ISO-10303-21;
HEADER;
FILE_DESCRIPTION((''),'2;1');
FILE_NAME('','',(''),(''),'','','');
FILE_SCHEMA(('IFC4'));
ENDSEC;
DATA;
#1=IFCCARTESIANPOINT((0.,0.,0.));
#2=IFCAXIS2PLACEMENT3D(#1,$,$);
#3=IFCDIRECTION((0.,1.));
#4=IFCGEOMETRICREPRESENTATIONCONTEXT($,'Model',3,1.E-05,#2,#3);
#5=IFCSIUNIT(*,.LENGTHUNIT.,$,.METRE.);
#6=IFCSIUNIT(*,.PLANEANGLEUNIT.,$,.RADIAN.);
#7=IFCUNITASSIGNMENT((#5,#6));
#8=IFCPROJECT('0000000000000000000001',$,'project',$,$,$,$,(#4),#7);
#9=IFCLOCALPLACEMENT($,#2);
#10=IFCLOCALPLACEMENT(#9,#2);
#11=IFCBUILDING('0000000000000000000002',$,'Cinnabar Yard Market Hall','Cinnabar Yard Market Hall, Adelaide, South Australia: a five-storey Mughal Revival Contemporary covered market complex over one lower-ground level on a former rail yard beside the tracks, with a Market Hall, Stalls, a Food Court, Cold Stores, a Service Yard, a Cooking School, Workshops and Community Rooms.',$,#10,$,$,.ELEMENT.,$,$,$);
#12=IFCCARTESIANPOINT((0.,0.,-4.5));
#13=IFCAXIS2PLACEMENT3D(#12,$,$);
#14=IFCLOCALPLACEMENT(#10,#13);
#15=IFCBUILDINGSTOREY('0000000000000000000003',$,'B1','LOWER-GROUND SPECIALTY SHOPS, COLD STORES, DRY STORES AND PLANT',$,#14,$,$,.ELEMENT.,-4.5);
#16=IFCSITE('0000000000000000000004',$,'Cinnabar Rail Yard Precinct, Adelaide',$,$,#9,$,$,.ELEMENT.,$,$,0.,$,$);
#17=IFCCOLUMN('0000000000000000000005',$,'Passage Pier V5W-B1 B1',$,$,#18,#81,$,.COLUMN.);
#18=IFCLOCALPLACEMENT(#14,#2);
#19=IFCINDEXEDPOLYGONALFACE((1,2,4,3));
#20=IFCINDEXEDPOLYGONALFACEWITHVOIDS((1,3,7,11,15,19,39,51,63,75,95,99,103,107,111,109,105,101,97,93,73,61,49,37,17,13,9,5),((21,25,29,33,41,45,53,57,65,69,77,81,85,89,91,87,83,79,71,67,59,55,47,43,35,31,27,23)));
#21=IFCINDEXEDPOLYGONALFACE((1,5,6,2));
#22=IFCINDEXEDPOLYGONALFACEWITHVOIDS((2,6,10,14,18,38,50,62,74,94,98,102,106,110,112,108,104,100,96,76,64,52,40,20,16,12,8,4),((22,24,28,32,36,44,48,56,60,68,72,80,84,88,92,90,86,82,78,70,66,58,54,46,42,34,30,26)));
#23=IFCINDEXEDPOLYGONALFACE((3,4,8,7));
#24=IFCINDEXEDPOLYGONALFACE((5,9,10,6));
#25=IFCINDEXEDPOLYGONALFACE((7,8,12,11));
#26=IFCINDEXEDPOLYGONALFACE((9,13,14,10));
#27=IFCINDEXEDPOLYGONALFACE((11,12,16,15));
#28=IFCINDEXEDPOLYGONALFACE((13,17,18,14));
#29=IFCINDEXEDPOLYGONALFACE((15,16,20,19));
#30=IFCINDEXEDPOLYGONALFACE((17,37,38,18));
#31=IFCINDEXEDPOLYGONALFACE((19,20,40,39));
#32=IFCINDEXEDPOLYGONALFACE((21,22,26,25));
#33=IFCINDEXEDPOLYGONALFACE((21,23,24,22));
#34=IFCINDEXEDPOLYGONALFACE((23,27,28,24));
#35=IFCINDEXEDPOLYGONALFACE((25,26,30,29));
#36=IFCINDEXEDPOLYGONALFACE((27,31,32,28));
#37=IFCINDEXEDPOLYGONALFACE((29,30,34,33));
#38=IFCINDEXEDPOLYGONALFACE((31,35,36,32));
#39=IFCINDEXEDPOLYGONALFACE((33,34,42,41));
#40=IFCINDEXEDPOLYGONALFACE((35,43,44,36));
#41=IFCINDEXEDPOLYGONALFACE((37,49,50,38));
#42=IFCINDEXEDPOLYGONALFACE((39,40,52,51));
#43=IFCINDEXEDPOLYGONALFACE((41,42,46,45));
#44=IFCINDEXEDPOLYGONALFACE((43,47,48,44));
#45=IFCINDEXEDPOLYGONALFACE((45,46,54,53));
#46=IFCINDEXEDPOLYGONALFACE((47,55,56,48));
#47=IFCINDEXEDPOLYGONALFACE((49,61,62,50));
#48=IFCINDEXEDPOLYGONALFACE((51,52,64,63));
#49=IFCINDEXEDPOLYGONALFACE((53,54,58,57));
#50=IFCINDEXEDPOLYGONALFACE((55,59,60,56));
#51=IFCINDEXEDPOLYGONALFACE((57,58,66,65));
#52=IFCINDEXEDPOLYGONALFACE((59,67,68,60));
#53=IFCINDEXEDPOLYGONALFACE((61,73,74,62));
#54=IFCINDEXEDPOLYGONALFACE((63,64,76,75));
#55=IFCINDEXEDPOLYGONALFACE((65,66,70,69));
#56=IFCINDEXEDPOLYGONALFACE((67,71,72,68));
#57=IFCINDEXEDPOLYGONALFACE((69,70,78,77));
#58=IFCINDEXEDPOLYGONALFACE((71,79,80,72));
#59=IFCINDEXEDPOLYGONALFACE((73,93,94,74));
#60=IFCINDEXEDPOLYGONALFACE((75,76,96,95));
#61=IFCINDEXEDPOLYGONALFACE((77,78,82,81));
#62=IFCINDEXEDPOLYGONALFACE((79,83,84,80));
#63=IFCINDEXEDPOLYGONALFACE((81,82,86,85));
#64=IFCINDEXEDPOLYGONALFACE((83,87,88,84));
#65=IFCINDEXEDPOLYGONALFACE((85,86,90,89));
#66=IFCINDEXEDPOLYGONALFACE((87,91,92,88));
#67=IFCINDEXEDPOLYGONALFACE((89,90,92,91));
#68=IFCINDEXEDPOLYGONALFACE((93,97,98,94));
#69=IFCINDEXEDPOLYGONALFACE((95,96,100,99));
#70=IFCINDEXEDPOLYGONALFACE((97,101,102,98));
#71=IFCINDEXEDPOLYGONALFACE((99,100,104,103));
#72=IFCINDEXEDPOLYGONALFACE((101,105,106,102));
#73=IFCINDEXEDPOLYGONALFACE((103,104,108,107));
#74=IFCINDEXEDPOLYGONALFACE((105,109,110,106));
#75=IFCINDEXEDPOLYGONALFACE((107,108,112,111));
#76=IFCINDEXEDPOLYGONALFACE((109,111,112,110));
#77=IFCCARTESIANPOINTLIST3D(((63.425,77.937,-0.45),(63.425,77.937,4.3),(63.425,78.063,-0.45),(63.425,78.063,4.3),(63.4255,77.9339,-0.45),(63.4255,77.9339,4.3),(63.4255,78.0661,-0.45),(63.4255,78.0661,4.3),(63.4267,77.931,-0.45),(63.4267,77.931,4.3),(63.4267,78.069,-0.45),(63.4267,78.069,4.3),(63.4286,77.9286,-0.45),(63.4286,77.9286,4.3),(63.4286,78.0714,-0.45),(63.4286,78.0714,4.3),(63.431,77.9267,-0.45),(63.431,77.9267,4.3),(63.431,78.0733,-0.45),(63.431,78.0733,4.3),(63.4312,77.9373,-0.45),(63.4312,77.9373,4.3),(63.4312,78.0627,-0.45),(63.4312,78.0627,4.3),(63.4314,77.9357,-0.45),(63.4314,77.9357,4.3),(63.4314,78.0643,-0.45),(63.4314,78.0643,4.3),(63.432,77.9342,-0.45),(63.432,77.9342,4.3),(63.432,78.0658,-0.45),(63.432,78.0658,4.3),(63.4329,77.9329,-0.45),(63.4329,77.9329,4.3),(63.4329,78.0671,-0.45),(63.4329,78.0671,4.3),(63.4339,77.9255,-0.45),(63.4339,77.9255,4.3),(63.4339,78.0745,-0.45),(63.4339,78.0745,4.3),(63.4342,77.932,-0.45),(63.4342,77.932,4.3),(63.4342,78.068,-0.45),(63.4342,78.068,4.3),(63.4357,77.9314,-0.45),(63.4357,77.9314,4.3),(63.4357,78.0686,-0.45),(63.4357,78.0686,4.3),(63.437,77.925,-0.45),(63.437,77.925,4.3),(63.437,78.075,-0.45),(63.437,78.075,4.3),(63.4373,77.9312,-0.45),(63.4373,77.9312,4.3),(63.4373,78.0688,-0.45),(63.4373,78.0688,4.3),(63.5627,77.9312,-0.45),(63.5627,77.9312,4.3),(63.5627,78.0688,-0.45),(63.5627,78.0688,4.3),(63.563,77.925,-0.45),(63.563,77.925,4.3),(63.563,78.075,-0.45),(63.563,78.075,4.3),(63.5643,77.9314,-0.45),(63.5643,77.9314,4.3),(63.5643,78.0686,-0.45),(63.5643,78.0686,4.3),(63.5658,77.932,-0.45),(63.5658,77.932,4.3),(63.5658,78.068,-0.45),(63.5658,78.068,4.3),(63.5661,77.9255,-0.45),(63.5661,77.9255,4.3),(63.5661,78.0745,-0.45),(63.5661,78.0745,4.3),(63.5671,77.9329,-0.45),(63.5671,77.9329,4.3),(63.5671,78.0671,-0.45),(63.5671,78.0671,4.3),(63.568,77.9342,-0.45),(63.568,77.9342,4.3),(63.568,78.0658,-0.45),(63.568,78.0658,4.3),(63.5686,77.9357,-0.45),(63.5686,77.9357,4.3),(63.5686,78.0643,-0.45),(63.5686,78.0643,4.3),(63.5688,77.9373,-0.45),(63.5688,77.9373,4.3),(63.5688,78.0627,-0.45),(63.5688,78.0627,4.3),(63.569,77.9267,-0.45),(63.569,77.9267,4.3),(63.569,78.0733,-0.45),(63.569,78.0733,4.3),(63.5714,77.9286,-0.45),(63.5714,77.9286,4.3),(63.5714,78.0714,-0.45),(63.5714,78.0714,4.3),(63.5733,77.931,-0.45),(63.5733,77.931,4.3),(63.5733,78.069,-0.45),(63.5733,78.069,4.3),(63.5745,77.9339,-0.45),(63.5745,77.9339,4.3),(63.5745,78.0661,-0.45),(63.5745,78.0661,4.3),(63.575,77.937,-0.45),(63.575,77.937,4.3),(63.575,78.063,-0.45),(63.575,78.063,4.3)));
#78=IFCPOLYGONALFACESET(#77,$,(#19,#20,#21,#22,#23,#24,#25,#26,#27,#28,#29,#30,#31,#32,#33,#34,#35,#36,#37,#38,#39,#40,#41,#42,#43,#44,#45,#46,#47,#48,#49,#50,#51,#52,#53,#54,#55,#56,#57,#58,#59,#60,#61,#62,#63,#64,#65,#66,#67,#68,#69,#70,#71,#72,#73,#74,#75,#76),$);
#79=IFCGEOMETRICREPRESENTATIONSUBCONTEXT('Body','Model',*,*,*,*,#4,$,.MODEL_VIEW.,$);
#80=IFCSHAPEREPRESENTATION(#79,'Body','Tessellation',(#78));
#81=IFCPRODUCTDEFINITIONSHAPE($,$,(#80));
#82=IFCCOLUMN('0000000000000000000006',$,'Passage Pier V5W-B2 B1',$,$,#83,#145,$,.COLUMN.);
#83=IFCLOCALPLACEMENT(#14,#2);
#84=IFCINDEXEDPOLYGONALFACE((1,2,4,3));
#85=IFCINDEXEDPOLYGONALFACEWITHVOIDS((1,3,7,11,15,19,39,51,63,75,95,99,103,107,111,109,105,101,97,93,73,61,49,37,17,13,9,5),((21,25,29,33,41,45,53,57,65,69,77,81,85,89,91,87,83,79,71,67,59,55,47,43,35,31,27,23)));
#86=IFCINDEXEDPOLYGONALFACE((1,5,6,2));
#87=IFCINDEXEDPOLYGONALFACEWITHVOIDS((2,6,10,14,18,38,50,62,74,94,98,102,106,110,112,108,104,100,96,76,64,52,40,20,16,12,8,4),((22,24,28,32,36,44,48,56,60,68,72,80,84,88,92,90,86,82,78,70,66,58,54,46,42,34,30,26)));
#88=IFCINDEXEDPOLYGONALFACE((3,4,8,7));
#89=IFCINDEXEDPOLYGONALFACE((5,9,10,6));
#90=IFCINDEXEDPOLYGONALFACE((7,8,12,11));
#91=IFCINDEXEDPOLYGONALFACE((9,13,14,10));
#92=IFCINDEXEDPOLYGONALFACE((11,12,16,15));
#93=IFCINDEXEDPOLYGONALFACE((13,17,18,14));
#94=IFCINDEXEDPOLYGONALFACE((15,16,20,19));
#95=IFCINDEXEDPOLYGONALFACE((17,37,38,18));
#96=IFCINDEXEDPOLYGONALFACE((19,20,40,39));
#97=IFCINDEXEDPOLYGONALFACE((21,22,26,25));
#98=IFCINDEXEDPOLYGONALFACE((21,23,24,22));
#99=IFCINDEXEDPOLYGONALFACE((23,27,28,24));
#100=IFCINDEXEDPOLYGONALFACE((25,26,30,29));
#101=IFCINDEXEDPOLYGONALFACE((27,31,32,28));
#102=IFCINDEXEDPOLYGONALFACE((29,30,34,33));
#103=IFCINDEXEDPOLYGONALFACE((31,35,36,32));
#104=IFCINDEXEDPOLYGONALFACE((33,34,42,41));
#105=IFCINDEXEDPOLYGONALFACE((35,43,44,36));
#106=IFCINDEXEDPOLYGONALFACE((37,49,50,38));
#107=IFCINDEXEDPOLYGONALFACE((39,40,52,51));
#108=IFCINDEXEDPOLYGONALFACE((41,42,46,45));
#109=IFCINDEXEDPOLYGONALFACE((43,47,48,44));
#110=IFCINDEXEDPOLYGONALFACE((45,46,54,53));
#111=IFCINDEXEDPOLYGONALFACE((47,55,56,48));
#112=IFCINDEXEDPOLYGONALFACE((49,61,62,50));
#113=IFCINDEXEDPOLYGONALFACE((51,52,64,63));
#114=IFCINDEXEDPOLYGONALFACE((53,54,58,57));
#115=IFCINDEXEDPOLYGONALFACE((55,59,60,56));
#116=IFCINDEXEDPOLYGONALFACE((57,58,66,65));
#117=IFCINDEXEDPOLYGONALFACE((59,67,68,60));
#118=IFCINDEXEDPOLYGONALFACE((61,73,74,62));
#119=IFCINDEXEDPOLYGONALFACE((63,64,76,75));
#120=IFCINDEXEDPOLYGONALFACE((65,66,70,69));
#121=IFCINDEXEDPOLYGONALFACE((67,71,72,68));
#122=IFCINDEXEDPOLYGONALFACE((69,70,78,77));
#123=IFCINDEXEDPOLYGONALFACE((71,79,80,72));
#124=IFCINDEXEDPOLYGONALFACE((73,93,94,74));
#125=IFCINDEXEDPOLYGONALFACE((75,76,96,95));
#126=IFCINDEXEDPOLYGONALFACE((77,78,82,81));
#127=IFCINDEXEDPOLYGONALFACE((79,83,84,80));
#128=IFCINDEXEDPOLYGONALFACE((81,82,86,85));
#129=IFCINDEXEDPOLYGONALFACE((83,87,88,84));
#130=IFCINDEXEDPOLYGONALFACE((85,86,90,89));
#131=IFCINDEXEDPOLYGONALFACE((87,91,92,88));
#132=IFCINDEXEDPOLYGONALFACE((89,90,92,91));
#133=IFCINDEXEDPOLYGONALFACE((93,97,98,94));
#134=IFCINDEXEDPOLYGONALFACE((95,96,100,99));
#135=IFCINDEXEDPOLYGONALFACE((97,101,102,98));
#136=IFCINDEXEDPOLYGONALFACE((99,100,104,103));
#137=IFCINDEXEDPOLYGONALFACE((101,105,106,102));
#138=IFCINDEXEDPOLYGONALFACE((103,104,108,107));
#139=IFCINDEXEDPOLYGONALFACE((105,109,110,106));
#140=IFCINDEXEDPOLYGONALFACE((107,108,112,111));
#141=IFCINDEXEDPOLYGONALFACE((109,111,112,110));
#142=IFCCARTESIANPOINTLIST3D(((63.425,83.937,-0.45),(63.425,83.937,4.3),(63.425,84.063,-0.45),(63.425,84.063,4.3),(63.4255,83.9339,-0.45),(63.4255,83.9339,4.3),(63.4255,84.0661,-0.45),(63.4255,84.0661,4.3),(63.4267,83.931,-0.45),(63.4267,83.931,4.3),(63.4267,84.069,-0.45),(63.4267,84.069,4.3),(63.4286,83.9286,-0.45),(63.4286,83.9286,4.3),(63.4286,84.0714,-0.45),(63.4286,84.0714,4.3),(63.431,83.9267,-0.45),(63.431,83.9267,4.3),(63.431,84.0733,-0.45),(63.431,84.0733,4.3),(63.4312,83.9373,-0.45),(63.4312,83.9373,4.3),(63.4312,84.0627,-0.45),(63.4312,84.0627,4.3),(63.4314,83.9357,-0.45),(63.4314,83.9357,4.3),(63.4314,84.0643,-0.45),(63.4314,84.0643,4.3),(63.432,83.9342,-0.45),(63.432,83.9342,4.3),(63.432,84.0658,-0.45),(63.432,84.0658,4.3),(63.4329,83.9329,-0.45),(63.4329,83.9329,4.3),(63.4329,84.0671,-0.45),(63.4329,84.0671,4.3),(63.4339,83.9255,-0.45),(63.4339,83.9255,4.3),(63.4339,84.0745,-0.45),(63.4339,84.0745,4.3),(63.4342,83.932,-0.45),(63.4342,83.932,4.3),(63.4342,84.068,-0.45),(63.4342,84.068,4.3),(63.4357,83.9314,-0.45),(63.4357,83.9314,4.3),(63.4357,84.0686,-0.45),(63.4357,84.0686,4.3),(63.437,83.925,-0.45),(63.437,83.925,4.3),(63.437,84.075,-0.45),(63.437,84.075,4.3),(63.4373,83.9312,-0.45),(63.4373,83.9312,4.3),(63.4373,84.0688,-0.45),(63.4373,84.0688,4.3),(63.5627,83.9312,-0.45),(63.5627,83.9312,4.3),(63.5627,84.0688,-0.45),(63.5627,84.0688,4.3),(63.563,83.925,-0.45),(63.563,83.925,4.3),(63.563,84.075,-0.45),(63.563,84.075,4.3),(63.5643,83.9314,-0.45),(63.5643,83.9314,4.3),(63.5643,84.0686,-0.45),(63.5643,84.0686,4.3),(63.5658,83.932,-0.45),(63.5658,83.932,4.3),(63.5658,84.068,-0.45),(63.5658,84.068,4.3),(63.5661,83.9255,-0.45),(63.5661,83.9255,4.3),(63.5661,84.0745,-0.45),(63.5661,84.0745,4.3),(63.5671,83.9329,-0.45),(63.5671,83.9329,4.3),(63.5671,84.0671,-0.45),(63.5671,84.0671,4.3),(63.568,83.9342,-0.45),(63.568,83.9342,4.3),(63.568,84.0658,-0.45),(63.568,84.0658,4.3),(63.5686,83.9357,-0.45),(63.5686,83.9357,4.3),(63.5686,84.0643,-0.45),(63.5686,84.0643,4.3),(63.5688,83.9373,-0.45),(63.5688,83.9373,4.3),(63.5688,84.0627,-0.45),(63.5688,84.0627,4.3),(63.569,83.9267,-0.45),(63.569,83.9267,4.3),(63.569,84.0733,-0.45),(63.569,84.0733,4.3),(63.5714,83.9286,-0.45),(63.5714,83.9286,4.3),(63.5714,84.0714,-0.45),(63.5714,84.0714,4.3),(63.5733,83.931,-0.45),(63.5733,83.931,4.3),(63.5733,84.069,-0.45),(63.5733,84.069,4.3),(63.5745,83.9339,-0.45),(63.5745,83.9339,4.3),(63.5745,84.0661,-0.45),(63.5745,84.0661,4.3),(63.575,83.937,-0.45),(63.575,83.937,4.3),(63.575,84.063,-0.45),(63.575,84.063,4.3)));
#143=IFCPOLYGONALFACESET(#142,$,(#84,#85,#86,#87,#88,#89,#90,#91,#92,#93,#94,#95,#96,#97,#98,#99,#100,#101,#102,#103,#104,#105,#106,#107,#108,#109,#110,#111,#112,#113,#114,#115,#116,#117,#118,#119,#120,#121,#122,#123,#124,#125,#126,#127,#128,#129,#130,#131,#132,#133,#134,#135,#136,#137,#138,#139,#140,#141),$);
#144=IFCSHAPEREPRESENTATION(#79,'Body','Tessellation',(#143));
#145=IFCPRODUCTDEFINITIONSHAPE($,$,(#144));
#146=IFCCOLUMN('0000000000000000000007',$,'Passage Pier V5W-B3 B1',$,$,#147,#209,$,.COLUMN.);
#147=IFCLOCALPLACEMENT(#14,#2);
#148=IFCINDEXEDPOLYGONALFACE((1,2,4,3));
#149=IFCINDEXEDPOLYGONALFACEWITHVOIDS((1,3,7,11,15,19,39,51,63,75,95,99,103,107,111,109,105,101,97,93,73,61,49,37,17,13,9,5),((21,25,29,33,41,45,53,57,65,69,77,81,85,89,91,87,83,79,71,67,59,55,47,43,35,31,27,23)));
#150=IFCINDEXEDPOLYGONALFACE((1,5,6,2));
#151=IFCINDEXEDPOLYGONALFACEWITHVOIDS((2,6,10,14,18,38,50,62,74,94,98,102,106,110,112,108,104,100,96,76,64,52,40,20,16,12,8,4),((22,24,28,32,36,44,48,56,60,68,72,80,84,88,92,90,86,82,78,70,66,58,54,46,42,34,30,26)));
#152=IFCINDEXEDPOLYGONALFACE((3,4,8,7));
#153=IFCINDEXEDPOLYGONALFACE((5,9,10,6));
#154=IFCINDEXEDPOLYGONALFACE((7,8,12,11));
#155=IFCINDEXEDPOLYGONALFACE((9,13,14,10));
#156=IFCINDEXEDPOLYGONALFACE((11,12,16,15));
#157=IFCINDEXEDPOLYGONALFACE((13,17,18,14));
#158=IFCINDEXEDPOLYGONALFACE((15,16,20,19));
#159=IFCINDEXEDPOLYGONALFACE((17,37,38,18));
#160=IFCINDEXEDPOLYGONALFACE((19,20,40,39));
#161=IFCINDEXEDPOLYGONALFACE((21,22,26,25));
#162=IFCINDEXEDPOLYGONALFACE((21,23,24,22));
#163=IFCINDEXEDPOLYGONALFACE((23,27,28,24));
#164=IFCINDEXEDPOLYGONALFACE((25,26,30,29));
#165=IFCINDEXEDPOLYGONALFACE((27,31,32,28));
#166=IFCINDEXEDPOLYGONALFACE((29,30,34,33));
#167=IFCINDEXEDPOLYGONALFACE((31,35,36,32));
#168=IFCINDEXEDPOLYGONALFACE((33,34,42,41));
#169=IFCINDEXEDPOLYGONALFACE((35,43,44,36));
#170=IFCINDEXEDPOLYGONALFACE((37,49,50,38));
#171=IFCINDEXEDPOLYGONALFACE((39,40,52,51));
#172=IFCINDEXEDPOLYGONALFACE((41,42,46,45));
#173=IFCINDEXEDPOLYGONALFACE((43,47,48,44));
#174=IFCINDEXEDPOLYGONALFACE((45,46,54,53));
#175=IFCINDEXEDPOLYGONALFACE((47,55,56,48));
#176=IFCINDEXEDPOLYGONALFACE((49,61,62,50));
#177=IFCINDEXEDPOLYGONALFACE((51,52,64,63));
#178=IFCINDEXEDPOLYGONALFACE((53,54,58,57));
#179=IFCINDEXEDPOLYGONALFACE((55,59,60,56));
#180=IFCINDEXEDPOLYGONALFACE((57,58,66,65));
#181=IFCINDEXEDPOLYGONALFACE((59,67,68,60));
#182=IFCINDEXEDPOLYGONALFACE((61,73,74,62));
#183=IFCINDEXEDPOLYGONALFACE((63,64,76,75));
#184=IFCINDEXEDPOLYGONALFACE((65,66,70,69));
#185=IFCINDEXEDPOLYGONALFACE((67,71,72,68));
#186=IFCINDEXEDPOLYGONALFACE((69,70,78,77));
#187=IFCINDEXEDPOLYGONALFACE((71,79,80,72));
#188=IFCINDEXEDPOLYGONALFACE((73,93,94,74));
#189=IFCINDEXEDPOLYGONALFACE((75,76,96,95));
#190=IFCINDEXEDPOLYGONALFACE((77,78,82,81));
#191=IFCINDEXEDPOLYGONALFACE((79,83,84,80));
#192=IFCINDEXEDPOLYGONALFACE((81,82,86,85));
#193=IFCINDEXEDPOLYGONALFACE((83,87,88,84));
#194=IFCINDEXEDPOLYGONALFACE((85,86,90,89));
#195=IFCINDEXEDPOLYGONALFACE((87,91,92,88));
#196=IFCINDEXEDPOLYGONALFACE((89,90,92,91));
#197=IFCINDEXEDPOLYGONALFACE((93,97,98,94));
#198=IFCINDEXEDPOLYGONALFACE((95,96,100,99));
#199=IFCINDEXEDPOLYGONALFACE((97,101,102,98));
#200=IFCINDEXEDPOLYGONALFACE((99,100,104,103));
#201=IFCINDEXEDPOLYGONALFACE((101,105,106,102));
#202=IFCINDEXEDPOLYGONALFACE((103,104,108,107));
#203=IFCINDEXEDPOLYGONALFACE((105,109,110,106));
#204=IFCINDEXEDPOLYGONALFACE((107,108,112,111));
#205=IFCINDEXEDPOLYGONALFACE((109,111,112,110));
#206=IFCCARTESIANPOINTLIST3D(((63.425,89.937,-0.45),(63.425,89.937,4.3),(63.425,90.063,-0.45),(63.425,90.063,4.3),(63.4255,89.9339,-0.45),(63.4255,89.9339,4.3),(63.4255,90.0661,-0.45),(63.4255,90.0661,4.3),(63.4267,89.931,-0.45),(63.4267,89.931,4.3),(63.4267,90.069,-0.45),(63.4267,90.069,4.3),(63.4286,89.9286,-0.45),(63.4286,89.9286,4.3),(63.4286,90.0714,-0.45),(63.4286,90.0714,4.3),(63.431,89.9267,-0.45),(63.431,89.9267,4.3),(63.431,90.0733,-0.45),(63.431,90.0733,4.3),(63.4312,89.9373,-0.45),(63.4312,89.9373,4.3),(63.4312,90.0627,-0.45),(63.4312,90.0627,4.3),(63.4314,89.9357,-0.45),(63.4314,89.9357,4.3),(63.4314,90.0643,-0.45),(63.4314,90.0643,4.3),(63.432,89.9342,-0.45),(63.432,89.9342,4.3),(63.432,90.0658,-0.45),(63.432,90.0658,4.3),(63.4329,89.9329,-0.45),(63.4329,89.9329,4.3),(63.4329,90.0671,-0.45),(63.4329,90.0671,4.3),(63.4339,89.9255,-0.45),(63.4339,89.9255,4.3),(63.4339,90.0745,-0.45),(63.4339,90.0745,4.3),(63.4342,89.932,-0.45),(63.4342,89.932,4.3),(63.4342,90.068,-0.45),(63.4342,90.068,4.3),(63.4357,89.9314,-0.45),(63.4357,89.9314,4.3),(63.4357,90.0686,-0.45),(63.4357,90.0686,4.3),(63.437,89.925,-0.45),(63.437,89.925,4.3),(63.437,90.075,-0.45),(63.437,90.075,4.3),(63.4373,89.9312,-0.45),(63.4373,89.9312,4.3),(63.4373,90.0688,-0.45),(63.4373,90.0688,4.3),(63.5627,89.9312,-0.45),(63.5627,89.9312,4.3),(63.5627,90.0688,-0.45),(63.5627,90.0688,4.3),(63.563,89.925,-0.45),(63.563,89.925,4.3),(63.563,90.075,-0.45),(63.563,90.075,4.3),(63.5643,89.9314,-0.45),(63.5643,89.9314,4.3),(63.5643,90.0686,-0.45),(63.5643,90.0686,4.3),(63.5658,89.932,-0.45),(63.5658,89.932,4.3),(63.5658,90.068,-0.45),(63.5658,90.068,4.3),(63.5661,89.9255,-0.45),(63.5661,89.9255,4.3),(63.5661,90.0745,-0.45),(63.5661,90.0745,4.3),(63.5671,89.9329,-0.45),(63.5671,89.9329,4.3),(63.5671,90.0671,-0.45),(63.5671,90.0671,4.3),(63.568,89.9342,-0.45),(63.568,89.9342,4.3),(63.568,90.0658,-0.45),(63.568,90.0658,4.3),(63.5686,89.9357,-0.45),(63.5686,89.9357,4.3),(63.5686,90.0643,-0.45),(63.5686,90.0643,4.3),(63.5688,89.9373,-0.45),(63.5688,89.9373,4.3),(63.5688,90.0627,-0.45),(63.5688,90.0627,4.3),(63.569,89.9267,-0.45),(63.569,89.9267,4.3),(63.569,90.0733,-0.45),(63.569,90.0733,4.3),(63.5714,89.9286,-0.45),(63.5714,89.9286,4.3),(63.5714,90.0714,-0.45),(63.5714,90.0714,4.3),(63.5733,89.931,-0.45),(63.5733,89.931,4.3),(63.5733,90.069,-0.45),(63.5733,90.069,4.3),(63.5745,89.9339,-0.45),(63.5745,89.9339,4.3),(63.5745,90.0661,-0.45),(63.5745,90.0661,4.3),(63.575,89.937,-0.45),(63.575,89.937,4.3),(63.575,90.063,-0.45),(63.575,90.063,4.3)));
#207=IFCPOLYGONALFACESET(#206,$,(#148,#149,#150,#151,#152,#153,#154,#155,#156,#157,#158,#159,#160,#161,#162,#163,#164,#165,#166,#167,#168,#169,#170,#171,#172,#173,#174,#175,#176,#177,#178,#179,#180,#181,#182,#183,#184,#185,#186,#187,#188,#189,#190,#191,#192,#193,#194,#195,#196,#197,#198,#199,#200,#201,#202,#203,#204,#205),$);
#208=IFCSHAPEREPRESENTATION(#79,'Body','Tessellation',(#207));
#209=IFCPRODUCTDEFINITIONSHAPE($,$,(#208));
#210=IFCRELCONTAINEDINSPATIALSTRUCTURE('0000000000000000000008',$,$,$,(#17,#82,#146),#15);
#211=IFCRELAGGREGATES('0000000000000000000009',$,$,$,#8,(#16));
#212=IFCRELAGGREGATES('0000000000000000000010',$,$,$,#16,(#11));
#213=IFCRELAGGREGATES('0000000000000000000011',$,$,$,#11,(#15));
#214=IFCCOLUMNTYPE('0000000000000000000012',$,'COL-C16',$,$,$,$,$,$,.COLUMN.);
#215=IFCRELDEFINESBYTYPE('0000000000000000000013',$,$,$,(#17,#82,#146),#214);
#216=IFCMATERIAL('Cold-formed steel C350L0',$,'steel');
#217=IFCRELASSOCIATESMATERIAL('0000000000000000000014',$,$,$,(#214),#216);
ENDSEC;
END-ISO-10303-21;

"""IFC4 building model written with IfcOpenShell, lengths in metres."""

from ifc_helpers import new_model, si_unit, direction, frame, origin, origin_2d_with_axis, place, context, subcontext, project, spatial, hollow_rectangle, extrude, material, material_profile, profile_set, type_object, element, save


model = new_model("IFC4")

# Units and contexts
model_context = context("Model", 3, precision=1e-05, world=origin(), true_north=direction((0.0, 1.0)))
body_context = subcontext(model_context, "Body", "Model", "MODEL_VIEW")
ifc_project = project(units=[si_unit("LENGTHUNIT", "METRE"), si_unit("PLANEANGLEUNIT", "RADIAN")], contexts=[model_context])

# Site, building, storey
site_placement = place(None, origin())
site = spatial("IfcSite", under=ifc_project, at=site_placement, Name="Cinnabar Rail Yard Precinct, Adelaide", CompositionType="ELEMENT", RefElevation=0.0)
building_placement = place(site_placement, origin())
building = spatial("IfcBuilding", under=site, at=building_placement, Name="Cinnabar Yard Market Hall", Description="Cinnabar Yard Market Hall, Adelaide, South Australia: a five-storey Mughal Revival Contemporary covered market complex over one lower-ground level on a former rail yard beside the tracks, with a Market Hall, Stalls, a Food Court, Cold Stores, a Service Yard, a Cooking School, Workshops and Community Rooms.", CompositionType="ELEMENT")
storey_placement = place(building_placement, frame((0.0, 0.0, -4.5)))
storey = spatial("IfcBuildingStorey", under=building, at=storey_placement, Name="B1", Description="LOWER-GROUND SPECIALTY SHOPS, COLD STORES, DRY STORES AND PLANT", CompositionType="ELEMENT", Elevation=-4.5)

# Columns
ifc_material_1 = material(Name="Cold-formed steel C350L0", Category="steel")
ifc_material_profile_1 = material_profile(ifc_material_1, hollow_rectangle(XDim=0.1499, YDim=0.1499, WallThickness=0.0061, InnerFilletRadius=0.0061, OuterFilletRadius=0.012, at=origin_2d_with_axis()), Name="150x150x6.0SHS")
ifc_profile_set_1 = profile_set([ifc_material_profile_1], Name="Cold-formed steel C350L0")
column_type_1 = type_object("IfcColumnType", Name="COL-C16", PredefinedType="COLUMN", material=ifc_profile_set_1)
for number, where, z_axis, x_axis, name in (
    (1, (63.5, 78.0, -0.45), (0.0, 0.0, 1.0), (1.0, 0.0, 0.0), "Passage Pier V5W-B1 B1"),
    (2, (63.5, 84.0, -0.45), (0.0, 0.0, 1.0), (1.0, 0.0, 0.0), "Passage Pier V5W-B2 B1"),
    (3, (63.5, 90.0, -0.45), (0.0, 0.0, 1.0), (1.0, 0.0, 0.0), "Passage Pier V5W-B3 B1"),
):
    element("IfcColumn", number, at=place(storey_placement, frame(where, z_axis=z_axis, x_axis=x_axis)), inside=storey, type_object=column_type_1, Name=name, PredefinedType="COLUMN", context=body_context, shape_type="SweptSolid", body=[
        extrude(hollow_rectangle(XDim=0.1499, YDim=0.1499, WallThickness=0.0061, InnerFilletRadius=0.0061, OuterFilletRadius=0.012, at=origin_2d_with_axis()), origin(), (0.0, 0.0, 1.0), 4.75),
    ])

save(model, "model.ifc")
